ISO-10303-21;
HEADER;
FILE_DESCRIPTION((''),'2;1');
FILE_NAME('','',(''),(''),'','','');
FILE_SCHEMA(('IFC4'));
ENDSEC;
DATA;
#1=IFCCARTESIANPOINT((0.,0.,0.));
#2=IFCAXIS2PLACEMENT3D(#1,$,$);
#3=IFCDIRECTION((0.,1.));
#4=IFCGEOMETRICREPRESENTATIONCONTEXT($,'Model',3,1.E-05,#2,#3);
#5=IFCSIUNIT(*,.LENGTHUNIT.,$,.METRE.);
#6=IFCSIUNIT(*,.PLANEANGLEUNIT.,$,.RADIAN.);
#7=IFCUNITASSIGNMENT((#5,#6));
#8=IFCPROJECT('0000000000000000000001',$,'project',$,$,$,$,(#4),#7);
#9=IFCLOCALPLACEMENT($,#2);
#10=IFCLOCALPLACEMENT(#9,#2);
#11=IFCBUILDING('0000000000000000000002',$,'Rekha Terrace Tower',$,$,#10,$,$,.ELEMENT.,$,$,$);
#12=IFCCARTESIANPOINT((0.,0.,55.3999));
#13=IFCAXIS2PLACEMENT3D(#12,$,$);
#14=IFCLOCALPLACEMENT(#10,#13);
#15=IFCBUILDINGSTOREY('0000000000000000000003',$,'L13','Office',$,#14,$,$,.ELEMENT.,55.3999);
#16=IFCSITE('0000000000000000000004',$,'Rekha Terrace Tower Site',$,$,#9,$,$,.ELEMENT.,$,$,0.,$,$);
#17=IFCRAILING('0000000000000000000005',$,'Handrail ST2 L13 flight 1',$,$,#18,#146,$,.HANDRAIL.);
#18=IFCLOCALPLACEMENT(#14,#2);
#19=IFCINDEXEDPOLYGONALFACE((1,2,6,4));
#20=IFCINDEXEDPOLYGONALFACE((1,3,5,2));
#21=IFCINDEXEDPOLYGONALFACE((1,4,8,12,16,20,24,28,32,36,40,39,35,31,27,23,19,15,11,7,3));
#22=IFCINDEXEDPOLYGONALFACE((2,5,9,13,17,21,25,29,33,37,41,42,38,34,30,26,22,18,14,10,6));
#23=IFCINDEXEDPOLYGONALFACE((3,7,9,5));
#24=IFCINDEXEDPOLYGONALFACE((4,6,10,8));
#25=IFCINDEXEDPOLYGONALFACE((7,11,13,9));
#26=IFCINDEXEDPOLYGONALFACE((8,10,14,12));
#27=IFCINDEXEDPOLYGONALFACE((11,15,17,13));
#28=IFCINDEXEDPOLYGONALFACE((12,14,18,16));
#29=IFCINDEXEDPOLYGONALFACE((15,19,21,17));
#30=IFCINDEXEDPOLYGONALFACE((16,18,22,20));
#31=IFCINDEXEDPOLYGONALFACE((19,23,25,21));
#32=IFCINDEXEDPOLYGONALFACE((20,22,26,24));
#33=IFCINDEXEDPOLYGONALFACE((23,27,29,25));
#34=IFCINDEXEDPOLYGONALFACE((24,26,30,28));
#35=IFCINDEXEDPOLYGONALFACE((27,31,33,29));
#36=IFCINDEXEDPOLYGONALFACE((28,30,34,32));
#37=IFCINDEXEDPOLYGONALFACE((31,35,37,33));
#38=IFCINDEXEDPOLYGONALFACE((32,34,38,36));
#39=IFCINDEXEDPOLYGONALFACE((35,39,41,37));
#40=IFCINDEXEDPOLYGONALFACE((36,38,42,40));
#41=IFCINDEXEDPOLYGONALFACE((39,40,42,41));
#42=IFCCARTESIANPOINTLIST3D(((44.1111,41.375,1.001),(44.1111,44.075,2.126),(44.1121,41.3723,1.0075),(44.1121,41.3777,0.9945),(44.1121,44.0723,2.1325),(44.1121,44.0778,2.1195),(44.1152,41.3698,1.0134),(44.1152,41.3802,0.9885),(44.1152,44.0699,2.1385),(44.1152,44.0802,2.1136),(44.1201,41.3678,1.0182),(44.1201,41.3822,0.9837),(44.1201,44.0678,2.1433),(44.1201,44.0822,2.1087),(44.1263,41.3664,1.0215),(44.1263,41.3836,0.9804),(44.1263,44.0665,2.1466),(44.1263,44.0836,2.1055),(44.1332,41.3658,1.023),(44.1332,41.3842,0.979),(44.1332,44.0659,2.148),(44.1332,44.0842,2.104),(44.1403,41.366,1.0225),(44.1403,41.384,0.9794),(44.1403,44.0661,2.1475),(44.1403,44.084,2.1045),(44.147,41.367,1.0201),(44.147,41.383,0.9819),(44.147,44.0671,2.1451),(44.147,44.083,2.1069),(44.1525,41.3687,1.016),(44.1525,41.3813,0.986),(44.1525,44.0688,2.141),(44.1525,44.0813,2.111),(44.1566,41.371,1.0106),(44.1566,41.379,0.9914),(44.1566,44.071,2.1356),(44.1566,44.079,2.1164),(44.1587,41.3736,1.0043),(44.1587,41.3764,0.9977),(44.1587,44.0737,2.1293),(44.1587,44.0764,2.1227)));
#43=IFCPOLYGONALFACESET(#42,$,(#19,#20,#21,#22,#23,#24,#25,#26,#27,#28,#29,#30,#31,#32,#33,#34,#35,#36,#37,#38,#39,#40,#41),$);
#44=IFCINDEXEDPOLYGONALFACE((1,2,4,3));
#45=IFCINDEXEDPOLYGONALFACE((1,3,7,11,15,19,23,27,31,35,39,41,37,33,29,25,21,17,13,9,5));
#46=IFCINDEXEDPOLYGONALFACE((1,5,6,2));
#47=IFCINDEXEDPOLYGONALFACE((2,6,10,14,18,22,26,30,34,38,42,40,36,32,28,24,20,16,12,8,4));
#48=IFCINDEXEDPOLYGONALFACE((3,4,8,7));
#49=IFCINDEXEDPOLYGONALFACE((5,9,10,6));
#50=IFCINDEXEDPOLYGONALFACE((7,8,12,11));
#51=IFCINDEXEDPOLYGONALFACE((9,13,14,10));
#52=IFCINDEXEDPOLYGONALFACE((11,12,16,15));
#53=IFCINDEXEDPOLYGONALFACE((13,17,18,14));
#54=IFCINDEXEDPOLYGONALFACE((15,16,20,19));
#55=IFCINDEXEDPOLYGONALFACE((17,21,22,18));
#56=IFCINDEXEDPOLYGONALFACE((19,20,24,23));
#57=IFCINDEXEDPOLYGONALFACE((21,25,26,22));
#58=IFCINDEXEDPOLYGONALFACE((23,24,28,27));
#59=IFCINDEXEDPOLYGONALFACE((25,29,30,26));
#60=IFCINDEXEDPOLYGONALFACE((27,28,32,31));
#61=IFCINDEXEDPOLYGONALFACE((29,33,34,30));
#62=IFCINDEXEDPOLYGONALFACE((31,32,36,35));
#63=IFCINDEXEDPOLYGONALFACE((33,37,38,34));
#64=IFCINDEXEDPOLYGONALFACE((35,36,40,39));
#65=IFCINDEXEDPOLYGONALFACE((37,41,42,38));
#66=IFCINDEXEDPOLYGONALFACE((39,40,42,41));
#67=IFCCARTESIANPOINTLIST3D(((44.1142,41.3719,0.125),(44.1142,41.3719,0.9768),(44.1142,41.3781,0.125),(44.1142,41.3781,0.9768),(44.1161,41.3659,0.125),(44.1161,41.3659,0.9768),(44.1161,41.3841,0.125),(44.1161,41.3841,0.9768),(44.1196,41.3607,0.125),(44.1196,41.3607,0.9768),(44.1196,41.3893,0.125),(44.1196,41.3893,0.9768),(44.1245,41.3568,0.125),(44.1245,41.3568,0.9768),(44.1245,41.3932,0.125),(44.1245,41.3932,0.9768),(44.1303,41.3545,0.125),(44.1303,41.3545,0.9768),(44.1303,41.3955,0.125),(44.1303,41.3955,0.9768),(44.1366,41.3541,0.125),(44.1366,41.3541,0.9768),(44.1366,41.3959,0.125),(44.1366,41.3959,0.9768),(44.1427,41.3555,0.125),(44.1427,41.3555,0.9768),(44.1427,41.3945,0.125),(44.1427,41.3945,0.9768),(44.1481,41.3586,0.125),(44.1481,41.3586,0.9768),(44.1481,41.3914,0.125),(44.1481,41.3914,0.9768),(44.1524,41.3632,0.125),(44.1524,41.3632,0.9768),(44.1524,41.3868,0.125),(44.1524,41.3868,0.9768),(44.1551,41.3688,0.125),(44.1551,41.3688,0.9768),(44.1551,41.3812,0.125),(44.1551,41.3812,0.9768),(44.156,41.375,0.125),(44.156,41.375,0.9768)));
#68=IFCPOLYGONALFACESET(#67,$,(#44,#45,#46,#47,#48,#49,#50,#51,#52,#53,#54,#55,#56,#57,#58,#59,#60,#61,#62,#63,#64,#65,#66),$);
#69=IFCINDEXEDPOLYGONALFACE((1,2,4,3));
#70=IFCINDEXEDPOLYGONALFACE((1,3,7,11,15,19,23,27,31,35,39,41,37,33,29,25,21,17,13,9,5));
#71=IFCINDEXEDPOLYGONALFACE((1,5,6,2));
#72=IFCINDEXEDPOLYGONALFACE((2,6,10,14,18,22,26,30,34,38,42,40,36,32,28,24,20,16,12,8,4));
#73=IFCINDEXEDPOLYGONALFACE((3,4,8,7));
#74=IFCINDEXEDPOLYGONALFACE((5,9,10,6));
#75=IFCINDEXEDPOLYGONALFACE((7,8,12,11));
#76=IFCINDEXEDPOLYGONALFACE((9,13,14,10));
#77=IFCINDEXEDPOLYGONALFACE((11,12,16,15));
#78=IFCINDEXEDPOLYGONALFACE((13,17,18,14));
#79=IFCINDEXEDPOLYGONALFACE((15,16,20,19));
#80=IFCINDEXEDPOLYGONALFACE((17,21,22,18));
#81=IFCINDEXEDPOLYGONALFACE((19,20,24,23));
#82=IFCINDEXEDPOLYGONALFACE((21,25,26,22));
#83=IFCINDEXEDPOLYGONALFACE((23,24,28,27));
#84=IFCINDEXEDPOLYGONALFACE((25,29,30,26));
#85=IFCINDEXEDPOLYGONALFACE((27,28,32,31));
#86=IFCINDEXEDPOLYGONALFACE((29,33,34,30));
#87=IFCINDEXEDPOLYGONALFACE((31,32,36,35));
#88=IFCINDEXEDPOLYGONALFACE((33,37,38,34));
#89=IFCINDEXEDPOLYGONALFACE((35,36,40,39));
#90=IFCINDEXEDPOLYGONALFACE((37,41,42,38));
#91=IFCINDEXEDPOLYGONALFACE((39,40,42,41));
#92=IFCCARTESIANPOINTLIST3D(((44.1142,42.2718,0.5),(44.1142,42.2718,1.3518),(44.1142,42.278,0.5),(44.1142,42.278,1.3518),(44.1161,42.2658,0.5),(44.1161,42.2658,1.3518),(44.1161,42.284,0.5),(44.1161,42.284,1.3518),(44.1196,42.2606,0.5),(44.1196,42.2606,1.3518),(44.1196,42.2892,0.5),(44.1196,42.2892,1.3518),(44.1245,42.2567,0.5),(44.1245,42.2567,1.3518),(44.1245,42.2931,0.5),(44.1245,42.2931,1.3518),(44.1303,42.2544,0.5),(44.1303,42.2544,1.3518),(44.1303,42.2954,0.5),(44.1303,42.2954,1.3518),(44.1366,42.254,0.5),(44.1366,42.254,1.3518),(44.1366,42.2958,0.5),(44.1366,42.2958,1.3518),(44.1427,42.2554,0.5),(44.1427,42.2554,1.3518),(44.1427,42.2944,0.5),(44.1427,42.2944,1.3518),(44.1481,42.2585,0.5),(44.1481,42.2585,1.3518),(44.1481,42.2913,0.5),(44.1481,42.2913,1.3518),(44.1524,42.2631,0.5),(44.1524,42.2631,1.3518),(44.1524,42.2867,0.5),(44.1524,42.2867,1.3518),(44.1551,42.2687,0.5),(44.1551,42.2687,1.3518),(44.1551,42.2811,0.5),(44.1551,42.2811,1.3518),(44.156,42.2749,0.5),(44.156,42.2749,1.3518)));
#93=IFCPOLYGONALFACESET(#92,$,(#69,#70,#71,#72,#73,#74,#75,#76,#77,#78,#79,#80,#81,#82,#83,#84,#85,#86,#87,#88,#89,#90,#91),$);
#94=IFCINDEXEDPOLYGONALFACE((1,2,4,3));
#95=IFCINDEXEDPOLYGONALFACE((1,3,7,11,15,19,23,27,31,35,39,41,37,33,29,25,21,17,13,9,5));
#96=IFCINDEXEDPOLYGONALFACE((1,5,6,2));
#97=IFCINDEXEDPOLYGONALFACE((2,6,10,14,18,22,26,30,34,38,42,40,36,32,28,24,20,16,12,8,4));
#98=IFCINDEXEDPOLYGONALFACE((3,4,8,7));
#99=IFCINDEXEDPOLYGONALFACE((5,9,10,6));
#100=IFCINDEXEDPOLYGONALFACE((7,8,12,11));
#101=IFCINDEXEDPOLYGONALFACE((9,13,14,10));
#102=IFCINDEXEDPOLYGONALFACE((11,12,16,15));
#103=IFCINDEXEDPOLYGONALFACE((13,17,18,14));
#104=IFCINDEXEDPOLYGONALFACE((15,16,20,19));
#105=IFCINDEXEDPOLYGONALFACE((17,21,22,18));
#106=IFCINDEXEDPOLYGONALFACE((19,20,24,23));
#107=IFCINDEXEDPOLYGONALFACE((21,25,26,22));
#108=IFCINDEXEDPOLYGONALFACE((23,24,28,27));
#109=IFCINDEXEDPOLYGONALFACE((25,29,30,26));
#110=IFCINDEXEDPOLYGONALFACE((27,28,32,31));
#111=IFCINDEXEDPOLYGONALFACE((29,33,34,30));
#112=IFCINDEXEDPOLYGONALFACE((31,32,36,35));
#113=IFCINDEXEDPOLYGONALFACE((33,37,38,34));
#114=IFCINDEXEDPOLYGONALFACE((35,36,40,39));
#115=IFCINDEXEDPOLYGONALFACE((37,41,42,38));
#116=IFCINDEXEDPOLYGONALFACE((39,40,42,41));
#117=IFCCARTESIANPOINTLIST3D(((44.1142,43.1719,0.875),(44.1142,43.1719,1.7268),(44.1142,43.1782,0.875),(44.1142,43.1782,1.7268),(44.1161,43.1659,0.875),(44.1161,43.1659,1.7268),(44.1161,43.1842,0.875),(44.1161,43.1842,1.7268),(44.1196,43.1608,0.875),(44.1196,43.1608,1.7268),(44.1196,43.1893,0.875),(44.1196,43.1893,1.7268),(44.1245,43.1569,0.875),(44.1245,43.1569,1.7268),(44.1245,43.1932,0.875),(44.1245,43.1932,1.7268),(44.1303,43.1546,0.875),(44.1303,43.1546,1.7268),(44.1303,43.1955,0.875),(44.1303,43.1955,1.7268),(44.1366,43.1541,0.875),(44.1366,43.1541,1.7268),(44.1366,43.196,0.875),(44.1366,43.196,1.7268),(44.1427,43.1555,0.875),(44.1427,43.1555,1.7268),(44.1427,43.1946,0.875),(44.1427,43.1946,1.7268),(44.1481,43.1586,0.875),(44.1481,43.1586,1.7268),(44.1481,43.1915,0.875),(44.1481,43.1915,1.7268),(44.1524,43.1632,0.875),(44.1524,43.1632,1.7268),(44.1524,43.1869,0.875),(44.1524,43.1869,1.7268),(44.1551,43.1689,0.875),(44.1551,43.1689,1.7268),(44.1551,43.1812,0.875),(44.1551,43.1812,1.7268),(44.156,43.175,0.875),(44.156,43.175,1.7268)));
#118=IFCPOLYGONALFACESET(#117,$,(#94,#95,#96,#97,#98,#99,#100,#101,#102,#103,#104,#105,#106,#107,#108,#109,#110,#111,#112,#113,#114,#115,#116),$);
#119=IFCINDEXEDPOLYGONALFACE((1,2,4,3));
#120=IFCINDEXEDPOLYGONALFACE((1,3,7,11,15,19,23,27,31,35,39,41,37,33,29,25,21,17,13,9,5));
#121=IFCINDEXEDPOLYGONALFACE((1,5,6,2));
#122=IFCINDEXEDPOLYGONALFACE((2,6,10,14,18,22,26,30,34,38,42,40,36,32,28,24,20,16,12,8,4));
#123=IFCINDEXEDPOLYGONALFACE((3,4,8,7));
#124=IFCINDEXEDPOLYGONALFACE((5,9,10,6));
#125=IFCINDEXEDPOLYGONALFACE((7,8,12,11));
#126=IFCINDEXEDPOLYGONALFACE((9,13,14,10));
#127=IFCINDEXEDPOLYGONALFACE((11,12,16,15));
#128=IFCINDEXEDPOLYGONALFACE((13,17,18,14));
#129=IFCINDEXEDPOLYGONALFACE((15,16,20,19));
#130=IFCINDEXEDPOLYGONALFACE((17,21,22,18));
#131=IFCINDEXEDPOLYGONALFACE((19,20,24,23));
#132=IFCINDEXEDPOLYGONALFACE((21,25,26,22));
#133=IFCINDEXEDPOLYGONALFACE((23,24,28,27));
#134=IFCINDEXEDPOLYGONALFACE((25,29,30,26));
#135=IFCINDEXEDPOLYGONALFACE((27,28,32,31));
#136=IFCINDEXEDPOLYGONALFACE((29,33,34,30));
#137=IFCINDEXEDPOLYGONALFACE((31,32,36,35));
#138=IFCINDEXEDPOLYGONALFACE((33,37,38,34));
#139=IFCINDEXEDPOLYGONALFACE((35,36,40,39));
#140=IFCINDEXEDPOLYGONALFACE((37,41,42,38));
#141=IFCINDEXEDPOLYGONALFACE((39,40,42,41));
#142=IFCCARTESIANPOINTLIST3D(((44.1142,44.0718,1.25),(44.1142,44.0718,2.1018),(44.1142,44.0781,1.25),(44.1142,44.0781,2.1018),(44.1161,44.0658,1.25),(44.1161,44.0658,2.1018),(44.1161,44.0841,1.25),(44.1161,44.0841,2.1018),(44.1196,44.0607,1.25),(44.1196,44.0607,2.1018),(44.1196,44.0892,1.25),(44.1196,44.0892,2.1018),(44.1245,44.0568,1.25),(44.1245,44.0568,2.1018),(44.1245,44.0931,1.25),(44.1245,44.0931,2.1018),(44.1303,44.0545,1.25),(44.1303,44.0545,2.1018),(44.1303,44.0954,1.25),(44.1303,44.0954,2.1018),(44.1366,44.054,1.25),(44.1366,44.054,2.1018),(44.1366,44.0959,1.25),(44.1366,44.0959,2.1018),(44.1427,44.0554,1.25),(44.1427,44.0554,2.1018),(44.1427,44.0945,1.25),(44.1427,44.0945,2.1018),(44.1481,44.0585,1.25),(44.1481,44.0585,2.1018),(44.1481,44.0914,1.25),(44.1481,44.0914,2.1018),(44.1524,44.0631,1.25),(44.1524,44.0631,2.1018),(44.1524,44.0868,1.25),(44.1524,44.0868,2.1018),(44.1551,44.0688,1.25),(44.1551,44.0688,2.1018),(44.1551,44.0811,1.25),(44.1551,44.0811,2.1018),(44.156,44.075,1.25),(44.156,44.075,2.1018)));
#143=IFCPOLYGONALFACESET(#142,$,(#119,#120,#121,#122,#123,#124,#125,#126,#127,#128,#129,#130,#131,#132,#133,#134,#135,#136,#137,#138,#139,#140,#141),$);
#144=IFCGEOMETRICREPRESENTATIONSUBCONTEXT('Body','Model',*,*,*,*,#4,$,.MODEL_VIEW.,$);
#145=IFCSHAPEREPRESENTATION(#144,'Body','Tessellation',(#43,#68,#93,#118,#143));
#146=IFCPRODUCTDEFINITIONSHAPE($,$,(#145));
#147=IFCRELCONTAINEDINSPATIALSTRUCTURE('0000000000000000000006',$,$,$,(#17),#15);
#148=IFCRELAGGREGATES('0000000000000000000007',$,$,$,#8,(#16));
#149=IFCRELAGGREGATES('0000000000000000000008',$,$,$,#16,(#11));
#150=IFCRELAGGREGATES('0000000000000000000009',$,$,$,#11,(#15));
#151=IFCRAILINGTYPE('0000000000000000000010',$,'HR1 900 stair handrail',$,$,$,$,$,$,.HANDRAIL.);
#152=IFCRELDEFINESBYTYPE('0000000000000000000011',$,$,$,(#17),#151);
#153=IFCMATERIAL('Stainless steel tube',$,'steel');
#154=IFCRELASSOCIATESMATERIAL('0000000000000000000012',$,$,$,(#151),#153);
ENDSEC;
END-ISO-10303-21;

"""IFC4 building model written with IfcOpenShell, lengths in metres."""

from ifc_helpers import new_model, si_unit, direction, frame, origin, origin_2d, place, context, subcontext, project, spatial, circle, extrude, material, type_object, element, save


model = new_model("IFC4")

# Units and contexts
model_context = context("Model", 3, precision=1e-05, world=origin(), true_north=direction((0.0, 1.0)))
body_context = subcontext(model_context, "Body", "Model", "MODEL_VIEW")
ifc_project = project(units=[si_unit("LENGTHUNIT", "METRE"), si_unit("PLANEANGLEUNIT", "RADIAN")], contexts=[model_context])

# Site, building, storey
site_placement = place(None, origin())
site = spatial("IfcSite", under=ifc_project, at=site_placement, Name="Rekha Terrace Tower Site", CompositionType="ELEMENT", RefElevation=0.0)
building_placement = place(site_placement, origin())
building = spatial("IfcBuilding", under=site, at=building_placement, Name="Rekha Terrace Tower", CompositionType="ELEMENT")
storey_placement = place(building_placement, frame((0.0, 0.0, 55.3999)))
storey = spatial("IfcBuildingStorey", under=building, at=storey_placement, Name="L13", Description="Office", CompositionType="ELEMENT", Elevation=55.3999)

# Railing
ifc_material_1 = material(Name="Stainless steel tube", Category="steel")
railing_type_1 = type_object("IfcRailingType", Name="HR1 900 stair handrail", PredefinedType="HANDRAIL", material=ifc_material_1)
railing_1_placement = place(storey_placement, frame((44.135, 41.375, 0.125)))
element("IfcRailing", 1, at=railing_1_placement, inside=storey, type_object=railing_type_1, Name="Handrail ST2 L13 flight 1", PredefinedType="HANDRAIL", context=body_context, shape_type="SweptSolid", body=[
    extrude(circle(Radius=0.0239, at=origin_2d()), frame((0.0, 0.0, 0.876), z_axis=(0.0, 0.923074, 0.384621), x_axis=(-1.0, 0.0, 0.0)), (0.0, 0.0, 1.0), 2.925),
    extrude(circle(Radius=0.021, at=origin_2d()), origin(), (0.0, 0.0, 1.0), 0.8518),
    extrude(circle(Radius=0.021, at=origin_2d()), frame((0.0, 0.8999, 0.375)), (0.0, 0.0, 1.0), 0.8518),
    extrude(circle(Radius=0.021, at=origin_2d()), frame((0.0, 1.8, 0.75)), (0.0, 0.0, 1.0), 0.8518),
    extrude(circle(Radius=0.021, at=origin_2d()), frame((0.0, 2.7, 1.125)), (0.0, 0.0, 1.0), 0.8518),
])

save(model, "model.ifc")
